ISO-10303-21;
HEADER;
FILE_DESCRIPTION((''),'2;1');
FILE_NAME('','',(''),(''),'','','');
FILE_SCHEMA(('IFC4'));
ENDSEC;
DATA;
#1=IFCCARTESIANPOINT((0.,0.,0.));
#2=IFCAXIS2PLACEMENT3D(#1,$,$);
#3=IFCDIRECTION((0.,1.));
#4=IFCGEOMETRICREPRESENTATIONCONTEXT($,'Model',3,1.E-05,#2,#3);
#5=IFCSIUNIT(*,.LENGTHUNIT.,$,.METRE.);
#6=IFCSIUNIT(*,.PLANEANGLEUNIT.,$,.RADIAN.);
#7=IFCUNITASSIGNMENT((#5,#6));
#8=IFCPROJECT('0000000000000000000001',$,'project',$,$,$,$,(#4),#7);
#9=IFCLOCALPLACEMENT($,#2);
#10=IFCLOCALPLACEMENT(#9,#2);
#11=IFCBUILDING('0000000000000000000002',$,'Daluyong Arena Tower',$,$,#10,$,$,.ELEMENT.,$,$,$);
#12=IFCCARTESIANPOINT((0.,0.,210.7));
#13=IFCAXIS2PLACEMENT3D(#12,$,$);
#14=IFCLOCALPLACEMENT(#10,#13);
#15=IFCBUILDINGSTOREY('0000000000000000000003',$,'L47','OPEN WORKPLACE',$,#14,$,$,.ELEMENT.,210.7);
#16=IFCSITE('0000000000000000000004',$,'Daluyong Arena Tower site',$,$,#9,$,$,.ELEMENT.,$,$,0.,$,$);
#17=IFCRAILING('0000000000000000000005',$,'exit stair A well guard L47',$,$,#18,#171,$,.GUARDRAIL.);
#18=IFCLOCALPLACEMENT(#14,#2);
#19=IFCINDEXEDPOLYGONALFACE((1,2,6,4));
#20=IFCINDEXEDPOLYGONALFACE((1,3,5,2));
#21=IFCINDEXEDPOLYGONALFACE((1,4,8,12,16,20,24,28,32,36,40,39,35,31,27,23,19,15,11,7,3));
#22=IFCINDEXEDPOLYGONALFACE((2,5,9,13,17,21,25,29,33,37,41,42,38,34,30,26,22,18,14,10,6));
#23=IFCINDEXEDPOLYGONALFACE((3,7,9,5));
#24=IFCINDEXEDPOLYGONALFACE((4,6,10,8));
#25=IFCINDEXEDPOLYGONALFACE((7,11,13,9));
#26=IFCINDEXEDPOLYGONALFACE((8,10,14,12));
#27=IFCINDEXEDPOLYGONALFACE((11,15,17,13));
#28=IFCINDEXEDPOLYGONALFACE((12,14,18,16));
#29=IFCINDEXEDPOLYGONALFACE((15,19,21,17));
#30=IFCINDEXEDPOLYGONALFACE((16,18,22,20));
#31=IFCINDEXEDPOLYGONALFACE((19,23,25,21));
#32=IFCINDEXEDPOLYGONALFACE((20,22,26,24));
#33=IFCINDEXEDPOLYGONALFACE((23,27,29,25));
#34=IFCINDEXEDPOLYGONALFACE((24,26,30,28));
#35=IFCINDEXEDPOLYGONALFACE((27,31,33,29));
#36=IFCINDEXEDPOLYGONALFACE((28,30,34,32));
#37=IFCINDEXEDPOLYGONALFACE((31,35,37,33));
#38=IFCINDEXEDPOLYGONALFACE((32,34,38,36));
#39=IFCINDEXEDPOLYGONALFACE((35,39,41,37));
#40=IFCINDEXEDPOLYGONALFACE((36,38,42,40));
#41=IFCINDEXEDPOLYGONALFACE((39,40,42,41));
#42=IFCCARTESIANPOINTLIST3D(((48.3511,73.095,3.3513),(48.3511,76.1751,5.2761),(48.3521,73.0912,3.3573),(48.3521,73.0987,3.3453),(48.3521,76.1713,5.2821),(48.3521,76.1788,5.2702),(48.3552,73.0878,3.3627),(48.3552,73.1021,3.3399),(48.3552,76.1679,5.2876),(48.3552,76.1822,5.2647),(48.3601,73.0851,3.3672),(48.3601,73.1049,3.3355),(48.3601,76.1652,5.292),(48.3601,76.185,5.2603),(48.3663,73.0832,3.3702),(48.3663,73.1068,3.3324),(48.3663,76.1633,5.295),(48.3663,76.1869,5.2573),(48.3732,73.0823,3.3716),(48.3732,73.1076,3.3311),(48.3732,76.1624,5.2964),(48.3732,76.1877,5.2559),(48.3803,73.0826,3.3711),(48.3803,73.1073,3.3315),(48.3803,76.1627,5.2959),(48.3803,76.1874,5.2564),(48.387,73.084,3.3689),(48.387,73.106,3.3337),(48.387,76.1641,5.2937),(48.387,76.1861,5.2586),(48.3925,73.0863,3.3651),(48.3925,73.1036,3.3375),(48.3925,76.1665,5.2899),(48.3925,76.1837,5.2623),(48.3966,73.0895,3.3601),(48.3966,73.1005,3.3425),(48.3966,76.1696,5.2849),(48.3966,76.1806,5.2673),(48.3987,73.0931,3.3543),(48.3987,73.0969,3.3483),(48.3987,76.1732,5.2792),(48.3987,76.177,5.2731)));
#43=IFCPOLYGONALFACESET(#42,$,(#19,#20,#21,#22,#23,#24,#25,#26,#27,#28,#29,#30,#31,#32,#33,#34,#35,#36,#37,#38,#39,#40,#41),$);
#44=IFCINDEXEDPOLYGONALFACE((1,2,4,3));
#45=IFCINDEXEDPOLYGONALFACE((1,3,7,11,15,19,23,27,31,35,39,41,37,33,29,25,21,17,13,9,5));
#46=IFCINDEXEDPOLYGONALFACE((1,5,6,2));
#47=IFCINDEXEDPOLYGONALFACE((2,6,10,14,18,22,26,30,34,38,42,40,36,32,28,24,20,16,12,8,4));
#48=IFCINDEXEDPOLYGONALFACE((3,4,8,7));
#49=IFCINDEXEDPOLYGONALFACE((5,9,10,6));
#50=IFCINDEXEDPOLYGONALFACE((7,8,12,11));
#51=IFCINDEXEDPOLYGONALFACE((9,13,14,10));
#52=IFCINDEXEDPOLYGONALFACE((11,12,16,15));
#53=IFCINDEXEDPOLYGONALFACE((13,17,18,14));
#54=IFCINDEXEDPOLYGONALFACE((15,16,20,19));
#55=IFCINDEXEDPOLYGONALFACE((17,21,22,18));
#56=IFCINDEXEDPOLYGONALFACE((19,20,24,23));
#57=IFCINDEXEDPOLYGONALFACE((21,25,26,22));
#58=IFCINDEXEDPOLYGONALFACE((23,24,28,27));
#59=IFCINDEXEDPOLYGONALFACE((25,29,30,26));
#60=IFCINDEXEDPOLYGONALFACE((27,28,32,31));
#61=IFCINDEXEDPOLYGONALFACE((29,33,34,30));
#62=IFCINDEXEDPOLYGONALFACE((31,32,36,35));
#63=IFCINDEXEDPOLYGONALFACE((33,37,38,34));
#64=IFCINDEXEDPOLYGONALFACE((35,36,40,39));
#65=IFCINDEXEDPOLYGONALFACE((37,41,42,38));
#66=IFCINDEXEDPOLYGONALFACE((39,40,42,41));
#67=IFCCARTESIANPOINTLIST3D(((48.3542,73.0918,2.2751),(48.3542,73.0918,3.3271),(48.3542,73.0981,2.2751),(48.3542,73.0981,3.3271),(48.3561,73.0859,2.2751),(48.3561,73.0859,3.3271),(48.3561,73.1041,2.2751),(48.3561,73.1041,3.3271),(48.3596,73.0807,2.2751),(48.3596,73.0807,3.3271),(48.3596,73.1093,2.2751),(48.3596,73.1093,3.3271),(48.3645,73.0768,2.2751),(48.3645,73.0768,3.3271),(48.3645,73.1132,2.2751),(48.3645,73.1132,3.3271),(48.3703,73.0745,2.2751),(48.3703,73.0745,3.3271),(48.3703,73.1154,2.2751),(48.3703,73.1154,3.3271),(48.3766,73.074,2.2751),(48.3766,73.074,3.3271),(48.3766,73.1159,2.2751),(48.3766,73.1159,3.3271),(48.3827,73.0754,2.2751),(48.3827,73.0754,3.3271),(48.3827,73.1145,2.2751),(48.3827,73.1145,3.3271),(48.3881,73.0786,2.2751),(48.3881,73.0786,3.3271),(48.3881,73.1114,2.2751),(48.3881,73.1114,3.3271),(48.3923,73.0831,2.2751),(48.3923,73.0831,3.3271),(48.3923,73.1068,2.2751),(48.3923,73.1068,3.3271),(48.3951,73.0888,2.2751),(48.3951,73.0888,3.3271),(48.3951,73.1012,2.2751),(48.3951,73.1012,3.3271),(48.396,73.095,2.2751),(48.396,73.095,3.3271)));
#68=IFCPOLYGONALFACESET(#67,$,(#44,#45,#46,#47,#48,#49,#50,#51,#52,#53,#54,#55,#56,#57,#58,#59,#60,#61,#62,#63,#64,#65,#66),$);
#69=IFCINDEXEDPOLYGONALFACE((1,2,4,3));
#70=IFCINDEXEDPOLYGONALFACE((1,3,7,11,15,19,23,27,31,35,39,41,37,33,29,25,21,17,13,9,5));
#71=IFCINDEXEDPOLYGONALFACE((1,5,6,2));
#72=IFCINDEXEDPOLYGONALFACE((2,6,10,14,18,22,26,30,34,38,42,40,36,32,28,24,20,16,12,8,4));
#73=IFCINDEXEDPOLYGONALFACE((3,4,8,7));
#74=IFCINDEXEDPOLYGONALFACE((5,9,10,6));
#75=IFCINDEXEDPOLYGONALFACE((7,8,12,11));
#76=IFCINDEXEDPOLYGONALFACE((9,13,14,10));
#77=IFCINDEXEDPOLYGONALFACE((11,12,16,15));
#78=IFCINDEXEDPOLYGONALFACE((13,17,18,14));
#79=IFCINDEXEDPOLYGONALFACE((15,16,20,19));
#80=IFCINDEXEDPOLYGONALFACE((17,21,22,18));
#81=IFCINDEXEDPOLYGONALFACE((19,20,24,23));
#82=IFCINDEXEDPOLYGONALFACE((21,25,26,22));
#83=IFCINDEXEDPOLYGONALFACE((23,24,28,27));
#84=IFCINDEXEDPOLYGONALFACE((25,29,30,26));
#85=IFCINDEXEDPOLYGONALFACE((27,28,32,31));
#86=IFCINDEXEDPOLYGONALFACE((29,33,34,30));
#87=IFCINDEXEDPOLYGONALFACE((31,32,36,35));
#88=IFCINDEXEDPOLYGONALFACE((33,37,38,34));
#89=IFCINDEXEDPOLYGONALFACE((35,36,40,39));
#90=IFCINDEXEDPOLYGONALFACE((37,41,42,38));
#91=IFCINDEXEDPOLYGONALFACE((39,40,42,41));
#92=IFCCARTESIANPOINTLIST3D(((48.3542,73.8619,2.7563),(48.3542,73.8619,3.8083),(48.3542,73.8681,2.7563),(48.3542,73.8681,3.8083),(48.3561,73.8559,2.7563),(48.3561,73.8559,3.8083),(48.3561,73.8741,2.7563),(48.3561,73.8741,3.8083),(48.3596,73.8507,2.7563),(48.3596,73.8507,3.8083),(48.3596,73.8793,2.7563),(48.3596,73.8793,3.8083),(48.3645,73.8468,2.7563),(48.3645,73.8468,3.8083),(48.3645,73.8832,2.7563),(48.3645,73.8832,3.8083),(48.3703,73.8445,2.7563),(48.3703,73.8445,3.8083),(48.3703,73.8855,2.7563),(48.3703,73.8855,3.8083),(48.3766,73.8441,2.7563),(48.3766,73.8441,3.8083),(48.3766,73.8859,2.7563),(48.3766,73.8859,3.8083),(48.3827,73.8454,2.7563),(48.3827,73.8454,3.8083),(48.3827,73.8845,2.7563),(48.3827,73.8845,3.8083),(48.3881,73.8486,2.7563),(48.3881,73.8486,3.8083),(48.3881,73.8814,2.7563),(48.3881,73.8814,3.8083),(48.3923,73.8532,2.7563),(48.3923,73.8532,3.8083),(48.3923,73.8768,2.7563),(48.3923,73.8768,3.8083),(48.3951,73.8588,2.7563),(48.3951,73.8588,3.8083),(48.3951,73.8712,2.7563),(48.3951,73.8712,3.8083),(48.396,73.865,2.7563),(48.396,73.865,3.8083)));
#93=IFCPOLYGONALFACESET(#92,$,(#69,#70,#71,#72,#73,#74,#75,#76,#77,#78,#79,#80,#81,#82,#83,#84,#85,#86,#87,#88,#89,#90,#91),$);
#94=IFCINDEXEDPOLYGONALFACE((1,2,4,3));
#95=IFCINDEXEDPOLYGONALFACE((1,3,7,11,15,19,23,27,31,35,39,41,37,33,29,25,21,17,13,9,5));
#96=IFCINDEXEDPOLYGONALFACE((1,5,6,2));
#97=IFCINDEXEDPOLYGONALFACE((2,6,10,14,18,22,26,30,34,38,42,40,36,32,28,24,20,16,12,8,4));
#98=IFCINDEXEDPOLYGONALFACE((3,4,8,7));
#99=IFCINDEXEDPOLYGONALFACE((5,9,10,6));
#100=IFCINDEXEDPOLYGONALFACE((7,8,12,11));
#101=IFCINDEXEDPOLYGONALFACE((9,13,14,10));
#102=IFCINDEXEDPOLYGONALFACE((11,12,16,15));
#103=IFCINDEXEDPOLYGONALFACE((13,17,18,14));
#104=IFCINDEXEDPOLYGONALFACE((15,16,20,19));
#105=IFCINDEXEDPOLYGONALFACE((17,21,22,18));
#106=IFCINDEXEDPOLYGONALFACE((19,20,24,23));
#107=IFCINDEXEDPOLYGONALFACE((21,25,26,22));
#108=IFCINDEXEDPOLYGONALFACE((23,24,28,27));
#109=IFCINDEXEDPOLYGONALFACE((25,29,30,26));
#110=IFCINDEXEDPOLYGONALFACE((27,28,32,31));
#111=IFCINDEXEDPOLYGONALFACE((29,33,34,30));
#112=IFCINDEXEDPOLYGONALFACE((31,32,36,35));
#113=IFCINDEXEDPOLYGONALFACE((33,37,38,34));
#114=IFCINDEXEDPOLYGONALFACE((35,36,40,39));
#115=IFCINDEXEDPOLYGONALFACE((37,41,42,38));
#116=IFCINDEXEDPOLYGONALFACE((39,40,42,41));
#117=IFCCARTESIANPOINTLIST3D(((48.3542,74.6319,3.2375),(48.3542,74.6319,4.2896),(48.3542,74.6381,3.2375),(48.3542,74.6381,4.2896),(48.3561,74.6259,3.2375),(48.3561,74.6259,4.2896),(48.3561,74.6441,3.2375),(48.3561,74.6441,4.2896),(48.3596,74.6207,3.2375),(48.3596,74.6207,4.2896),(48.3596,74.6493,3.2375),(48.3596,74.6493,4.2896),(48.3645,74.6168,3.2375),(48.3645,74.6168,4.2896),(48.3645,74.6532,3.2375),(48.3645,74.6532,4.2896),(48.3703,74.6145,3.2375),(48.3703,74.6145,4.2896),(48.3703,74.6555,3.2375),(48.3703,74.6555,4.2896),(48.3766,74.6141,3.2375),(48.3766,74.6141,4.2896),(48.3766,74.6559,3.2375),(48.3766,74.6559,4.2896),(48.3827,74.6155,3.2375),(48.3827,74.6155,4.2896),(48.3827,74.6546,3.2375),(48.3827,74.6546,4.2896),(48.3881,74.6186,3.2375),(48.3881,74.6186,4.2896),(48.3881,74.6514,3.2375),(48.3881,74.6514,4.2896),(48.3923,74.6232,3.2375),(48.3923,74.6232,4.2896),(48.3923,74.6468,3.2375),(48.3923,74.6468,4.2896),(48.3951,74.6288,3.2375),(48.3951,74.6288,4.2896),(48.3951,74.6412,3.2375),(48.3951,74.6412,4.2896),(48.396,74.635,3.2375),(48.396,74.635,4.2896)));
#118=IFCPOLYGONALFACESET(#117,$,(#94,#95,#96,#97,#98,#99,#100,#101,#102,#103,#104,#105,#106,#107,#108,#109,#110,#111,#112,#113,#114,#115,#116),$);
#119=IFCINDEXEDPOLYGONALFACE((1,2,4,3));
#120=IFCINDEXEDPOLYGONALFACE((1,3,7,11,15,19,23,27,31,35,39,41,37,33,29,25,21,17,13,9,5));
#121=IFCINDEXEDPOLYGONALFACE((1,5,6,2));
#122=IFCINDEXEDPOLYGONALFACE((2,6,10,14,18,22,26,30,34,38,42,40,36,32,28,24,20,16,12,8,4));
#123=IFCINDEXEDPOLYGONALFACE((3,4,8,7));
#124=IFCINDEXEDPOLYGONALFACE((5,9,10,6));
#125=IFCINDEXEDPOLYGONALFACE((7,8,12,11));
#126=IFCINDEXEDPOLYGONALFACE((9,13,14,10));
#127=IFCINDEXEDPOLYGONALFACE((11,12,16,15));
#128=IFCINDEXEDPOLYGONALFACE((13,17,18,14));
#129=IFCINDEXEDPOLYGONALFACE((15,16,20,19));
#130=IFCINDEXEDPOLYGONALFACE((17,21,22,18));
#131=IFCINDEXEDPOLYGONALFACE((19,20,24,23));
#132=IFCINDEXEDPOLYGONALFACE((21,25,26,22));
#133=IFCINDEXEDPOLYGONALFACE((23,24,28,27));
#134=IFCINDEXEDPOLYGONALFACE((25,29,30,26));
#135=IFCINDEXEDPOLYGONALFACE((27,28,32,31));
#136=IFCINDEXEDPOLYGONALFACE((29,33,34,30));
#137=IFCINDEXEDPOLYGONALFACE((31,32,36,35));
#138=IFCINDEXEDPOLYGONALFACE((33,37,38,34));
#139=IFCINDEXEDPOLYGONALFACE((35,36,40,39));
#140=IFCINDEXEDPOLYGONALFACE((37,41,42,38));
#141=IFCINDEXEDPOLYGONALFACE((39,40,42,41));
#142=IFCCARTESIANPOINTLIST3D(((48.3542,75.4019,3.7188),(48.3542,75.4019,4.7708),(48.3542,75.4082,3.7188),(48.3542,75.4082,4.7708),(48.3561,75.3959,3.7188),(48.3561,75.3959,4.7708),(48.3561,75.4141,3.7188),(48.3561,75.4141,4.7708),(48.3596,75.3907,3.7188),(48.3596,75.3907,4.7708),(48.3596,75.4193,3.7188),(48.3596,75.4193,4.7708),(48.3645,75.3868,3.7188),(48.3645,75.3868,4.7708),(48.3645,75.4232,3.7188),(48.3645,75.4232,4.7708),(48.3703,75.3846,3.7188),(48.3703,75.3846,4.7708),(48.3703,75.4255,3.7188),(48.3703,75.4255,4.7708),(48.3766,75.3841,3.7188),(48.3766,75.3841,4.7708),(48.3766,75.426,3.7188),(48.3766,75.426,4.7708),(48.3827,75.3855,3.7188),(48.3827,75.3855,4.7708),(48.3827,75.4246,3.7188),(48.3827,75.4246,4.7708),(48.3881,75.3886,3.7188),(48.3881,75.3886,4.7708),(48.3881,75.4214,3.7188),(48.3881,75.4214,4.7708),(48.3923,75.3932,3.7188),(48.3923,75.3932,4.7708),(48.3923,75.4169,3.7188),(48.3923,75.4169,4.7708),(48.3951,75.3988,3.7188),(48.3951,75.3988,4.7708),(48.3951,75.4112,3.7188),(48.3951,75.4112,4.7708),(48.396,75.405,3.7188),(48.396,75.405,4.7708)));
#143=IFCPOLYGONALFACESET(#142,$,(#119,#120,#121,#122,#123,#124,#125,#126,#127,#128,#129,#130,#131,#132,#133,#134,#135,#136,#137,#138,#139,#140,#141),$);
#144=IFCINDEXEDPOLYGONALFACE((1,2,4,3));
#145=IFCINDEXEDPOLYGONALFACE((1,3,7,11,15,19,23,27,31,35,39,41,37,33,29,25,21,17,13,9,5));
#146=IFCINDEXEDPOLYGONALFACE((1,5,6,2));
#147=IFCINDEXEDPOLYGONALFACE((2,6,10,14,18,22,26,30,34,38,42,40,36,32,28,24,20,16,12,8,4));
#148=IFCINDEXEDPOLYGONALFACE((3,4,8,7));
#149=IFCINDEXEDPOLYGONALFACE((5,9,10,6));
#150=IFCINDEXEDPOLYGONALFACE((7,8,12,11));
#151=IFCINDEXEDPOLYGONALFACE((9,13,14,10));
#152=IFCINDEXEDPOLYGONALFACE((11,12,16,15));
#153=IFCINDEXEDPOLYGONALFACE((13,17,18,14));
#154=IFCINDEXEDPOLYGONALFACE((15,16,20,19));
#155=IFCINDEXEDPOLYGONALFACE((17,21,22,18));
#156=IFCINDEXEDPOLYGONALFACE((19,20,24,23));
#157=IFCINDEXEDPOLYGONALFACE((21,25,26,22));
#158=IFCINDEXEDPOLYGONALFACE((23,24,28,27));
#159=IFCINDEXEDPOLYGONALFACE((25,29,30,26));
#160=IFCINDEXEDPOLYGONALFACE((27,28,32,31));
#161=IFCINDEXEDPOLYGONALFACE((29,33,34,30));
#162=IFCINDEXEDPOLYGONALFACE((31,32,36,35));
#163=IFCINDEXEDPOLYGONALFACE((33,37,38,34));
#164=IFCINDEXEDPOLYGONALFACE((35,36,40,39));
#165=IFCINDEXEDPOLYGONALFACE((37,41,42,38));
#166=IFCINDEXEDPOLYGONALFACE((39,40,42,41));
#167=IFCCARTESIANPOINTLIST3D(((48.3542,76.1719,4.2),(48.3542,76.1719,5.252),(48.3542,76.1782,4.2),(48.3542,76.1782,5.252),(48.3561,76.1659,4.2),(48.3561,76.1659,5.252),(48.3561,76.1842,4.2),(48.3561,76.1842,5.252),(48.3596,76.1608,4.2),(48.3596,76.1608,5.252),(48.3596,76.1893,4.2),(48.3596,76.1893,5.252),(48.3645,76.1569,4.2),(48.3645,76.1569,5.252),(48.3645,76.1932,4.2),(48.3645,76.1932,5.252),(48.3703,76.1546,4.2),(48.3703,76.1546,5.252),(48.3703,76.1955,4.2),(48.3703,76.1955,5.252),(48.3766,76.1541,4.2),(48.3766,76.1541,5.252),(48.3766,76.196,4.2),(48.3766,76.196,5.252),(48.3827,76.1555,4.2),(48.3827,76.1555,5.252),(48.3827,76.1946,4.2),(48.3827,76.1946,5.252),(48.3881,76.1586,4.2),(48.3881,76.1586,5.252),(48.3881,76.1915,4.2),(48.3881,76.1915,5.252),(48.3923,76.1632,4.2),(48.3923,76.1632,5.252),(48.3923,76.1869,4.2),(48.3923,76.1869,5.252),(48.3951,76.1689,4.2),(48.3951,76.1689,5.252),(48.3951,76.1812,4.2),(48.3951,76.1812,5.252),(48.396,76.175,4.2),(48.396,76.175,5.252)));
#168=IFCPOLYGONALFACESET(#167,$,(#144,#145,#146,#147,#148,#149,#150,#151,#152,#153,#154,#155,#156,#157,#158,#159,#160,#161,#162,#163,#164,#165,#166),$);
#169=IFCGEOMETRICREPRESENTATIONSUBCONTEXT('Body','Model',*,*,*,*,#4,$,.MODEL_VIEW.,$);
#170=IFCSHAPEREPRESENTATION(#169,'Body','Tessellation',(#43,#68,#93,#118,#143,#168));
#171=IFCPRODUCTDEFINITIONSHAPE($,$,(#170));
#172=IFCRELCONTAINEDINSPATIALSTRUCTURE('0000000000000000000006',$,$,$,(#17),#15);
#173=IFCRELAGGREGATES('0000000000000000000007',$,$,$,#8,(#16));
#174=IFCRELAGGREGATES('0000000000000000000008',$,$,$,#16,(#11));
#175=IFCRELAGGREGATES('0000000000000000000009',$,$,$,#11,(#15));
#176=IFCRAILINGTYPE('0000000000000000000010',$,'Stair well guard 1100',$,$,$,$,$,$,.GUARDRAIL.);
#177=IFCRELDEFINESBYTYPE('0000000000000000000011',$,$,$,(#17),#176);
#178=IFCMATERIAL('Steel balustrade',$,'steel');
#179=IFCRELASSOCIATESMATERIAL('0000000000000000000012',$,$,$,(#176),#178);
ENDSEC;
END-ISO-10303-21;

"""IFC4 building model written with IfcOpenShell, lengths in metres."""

from ifc_helpers import new_model, si_unit, direction, frame, origin, origin_2d, place, context, subcontext, project, spatial, circle, extrude, material, type_object, element, save


model = new_model("IFC4")

# Units and contexts
model_context = context("Model", 3, precision=1e-05, world=origin(), true_north=direction((0.0, 1.0)))
body_context = subcontext(model_context, "Body", "Model", "MODEL_VIEW")
ifc_project = project(units=[si_unit("LENGTHUNIT", "METRE"), si_unit("PLANEANGLEUNIT", "RADIAN")], contexts=[model_context])

# Site, building, storey
site_placement = place(None, origin())
site = spatial("IfcSite", under=ifc_project, at=site_placement, Name="Daluyong Arena Tower site", CompositionType="ELEMENT", RefElevation=0.0)
building_placement = place(site_placement, origin())
building = spatial("IfcBuilding", under=site, at=building_placement, Name="Daluyong Arena Tower", CompositionType="ELEMENT")
storey_placement = place(building_placement, frame((0.0, 0.0, 210.7)))
storey = spatial("IfcBuildingStorey", under=building, at=storey_placement, Name="L47", Description="OPEN WORKPLACE", CompositionType="ELEMENT", Elevation=210.7)

# Railing
ifc_material_1 = material(Name="Steel balustrade", Category="steel")
railing_type_1 = type_object("IfcRailingType", Name="Stair well guard 1100", PredefinedType="GUARDRAIL", material=ifc_material_1)
railing_1_placement = place(storey_placement, frame((48.375, 73.095, 2.2751)))
element("IfcRailing", 1, at=railing_1_placement, inside=storey, type_object=railing_type_1, Name="exit stair A well guard L47", PredefinedType="GUARDRAIL", context=body_context, shape_type="SweptSolid", body=[
    extrude(circle(Radius=0.0239, at=origin_2d()), frame((0.0, 0.0, 1.0762), z_axis=(0.0, 0.848029, 0.529951), x_axis=(-1.0, 0.0, 0.0)), (0.0, 0.0, 1.0), 3.6321),
    extrude(circle(Radius=0.021, at=origin_2d()), origin(), (0.0, 0.0, 1.0), 1.052),
    extrude(circle(Radius=0.021, at=origin_2d()), frame((0.0, 0.77, 0.4812)), (0.0, 0.0, 1.0), 1.052),
    extrude(circle(Radius=0.021, at=origin_2d()), frame((0.0, 1.54, 0.9624)), (0.0, 0.0, 1.0), 1.052),
    extrude(circle(Radius=0.021, at=origin_2d()), frame((0.0, 2.3101, 1.4436)), (0.0, 0.0, 1.0), 1.052),
    extrude(circle(Radius=0.021, at=origin_2d()), frame((0.0, 3.0801, 1.9248)), (0.0, 0.0, 1.0), 1.052),
])

save(model, "model.ifc")
